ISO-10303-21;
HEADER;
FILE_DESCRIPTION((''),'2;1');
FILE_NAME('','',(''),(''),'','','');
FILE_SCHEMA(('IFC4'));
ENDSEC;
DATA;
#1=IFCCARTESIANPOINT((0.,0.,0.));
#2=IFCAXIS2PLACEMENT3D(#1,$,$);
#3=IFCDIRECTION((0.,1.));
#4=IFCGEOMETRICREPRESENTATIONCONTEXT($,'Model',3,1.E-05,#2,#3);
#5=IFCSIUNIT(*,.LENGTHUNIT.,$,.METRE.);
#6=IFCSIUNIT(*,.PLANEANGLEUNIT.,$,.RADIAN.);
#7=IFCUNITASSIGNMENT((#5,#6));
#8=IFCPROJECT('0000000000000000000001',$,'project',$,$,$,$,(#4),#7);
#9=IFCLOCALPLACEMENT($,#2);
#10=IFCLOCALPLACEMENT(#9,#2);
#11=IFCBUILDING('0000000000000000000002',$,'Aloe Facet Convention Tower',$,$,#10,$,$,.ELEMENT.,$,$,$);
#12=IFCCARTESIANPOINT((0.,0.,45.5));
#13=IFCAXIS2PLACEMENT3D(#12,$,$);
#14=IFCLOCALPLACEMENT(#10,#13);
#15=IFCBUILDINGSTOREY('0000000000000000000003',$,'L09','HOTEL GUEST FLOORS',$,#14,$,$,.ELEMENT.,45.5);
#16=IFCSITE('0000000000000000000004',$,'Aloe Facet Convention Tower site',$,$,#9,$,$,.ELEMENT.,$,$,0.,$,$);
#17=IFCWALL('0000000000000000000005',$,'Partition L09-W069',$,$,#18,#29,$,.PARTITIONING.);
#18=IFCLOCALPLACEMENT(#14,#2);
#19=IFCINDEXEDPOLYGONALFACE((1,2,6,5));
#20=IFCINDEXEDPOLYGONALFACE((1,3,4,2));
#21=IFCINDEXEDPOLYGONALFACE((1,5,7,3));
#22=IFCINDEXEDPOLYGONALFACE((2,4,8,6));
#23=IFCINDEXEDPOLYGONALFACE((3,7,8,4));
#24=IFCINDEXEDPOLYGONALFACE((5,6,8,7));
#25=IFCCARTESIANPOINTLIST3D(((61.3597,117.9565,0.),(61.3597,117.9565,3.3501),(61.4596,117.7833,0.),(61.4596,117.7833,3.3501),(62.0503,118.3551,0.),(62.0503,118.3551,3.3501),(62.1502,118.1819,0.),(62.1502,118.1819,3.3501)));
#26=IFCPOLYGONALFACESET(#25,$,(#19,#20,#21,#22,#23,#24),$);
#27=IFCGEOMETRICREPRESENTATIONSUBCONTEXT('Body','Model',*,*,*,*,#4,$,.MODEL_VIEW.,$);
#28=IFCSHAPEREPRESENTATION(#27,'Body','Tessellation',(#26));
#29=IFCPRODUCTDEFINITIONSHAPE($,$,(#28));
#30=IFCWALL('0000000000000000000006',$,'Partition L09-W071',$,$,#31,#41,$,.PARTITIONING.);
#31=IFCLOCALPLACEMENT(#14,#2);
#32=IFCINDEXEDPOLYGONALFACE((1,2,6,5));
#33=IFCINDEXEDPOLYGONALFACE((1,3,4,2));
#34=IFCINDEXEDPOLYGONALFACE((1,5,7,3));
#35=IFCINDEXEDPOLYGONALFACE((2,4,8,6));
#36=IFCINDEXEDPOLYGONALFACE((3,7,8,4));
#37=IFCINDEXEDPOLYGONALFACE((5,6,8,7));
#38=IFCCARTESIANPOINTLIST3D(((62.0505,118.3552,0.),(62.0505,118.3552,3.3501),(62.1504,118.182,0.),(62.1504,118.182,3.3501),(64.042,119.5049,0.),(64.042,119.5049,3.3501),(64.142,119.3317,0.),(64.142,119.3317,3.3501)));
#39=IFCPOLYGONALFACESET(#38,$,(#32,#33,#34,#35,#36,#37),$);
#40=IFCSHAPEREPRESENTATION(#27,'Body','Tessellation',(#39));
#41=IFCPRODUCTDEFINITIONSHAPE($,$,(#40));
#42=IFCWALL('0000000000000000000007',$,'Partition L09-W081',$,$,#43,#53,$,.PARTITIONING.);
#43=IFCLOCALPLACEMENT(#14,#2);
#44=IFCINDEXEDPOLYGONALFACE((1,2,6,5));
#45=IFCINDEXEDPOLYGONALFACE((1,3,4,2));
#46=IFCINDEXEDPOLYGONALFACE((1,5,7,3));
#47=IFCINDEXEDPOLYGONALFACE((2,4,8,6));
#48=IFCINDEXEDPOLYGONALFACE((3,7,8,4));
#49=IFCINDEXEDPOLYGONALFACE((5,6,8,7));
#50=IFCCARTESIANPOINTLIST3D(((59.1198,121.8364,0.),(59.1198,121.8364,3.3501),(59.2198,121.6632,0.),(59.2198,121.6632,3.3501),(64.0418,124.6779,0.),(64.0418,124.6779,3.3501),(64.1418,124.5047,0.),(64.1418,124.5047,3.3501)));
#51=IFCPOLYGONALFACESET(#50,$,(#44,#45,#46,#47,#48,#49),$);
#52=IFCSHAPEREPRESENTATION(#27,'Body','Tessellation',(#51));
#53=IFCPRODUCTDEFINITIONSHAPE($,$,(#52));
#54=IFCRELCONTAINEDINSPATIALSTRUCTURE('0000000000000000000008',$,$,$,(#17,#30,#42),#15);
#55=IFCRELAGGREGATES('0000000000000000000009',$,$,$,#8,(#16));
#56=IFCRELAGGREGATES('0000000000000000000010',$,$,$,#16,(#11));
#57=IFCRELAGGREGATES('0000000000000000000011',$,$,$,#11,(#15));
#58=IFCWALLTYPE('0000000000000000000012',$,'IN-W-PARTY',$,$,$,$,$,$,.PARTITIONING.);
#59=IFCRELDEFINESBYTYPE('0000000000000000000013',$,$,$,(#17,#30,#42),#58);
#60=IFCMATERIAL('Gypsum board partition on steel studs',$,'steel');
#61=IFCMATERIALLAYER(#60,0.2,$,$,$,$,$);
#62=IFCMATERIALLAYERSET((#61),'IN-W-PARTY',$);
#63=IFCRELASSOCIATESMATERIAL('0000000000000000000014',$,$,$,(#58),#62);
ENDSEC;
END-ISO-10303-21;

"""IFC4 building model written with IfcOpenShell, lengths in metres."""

from ifc_helpers import new_model, si_unit, direction, frame, frame_2d, origin, place, context, subcontext, project, spatial, rectangle, extrude, material, layer, layer_set, type_object, element, save


model = new_model("IFC4")

# Units and contexts
model_context = context("Model", 3, precision=1e-05, world=origin(), true_north=direction((0.0, 1.0)))
body_context = subcontext(model_context, "Body", "Model", "MODEL_VIEW")
ifc_project = project(units=[si_unit("LENGTHUNIT", "METRE"), si_unit("PLANEANGLEUNIT", "RADIAN")], contexts=[model_context])

# Site, building, storey
site_placement = place(None, origin())
site = spatial("IfcSite", under=ifc_project, at=site_placement, Name="Aloe Facet Convention Tower site", CompositionType="ELEMENT", RefElevation=0.0)
building_placement = place(site_placement, origin())
building = spatial("IfcBuilding", under=site, at=building_placement, Name="Aloe Facet Convention Tower", CompositionType="ELEMENT")
storey_placement = place(building_placement, frame((0.0, 0.0, 45.5)))
storey = spatial("IfcBuildingStorey", under=building, at=storey_placement, Name="L09", Description="HOTEL GUEST FLOORS", CompositionType="ELEMENT", Elevation=45.5)

# Walls
ifc_material_1 = material(Name="Gypsum board partition on steel studs", Category="steel")
ifc_layer_1 = layer(ifc_material_1, 0.2)
ifc_layer_set_1 = layer_set([ifc_layer_1], Name="IN-W-PARTY")
wall_type_1 = type_object("IfcWallType", Name="IN-W-PARTY", PredefinedType="PARTITIONING", material=ifc_layer_set_1)
wall_1_placement = place(storey_placement, frame((61.4097, 117.8699, 0.0), z_axis=(0.0, 0.0, 1.0), x_axis=(0.866068, 0.499926, 0.0)))
element("IfcWall", 1, at=wall_1_placement, inside=storey, type_object=wall_type_1, Name="Partition L09-W069", PredefinedType="PARTITIONING", context=body_context, shape_type="SweptSolid", body=[
    extrude(rectangle(XDim=0.7974, YDim=0.2, at=frame_2d((0.3987, 0.0))), origin(), (0.0, 0.0, 1.0), 3.3501),
])
wall_2_placement = place(storey_placement, frame((62.1003, 118.2686, 0.0), z_axis=(0.0, 0.0, 1.0), x_axis=(0.866046, 0.499964, 0.0)))
element("IfcWall", 2, at=wall_2_placement, inside=storey, type_object=wall_type_1, Name="Partition L09-W071", PredefinedType="PARTITIONING", context=body_context, shape_type="SweptSolid", body=[
    extrude(rectangle(XDim=2.2996, YDim=0.2, at=frame_2d((1.1499, 0.0))), origin(), (0.0, 0.0, 1.0), 3.3501),
])
wall_3_placement = place(storey_placement, frame((59.1697, 121.7498, 0.0), z_axis=(0.0, 0.0, 1.0), x_axis=(0.866043, 0.499969, 0.0)))
element("IfcWall", 3, at=wall_3_placement, inside=storey, type_object=wall_type_1, Name="Partition L09-W081", PredefinedType="PARTITIONING", context=body_context, shape_type="SweptSolid", body=[
    extrude(rectangle(XDim=5.6833, YDim=0.2, at=frame_2d((2.8418, 0.0))), origin(), (0.0, 0.0, 1.0), 3.3501),
])

save(model, "model.ifc")
